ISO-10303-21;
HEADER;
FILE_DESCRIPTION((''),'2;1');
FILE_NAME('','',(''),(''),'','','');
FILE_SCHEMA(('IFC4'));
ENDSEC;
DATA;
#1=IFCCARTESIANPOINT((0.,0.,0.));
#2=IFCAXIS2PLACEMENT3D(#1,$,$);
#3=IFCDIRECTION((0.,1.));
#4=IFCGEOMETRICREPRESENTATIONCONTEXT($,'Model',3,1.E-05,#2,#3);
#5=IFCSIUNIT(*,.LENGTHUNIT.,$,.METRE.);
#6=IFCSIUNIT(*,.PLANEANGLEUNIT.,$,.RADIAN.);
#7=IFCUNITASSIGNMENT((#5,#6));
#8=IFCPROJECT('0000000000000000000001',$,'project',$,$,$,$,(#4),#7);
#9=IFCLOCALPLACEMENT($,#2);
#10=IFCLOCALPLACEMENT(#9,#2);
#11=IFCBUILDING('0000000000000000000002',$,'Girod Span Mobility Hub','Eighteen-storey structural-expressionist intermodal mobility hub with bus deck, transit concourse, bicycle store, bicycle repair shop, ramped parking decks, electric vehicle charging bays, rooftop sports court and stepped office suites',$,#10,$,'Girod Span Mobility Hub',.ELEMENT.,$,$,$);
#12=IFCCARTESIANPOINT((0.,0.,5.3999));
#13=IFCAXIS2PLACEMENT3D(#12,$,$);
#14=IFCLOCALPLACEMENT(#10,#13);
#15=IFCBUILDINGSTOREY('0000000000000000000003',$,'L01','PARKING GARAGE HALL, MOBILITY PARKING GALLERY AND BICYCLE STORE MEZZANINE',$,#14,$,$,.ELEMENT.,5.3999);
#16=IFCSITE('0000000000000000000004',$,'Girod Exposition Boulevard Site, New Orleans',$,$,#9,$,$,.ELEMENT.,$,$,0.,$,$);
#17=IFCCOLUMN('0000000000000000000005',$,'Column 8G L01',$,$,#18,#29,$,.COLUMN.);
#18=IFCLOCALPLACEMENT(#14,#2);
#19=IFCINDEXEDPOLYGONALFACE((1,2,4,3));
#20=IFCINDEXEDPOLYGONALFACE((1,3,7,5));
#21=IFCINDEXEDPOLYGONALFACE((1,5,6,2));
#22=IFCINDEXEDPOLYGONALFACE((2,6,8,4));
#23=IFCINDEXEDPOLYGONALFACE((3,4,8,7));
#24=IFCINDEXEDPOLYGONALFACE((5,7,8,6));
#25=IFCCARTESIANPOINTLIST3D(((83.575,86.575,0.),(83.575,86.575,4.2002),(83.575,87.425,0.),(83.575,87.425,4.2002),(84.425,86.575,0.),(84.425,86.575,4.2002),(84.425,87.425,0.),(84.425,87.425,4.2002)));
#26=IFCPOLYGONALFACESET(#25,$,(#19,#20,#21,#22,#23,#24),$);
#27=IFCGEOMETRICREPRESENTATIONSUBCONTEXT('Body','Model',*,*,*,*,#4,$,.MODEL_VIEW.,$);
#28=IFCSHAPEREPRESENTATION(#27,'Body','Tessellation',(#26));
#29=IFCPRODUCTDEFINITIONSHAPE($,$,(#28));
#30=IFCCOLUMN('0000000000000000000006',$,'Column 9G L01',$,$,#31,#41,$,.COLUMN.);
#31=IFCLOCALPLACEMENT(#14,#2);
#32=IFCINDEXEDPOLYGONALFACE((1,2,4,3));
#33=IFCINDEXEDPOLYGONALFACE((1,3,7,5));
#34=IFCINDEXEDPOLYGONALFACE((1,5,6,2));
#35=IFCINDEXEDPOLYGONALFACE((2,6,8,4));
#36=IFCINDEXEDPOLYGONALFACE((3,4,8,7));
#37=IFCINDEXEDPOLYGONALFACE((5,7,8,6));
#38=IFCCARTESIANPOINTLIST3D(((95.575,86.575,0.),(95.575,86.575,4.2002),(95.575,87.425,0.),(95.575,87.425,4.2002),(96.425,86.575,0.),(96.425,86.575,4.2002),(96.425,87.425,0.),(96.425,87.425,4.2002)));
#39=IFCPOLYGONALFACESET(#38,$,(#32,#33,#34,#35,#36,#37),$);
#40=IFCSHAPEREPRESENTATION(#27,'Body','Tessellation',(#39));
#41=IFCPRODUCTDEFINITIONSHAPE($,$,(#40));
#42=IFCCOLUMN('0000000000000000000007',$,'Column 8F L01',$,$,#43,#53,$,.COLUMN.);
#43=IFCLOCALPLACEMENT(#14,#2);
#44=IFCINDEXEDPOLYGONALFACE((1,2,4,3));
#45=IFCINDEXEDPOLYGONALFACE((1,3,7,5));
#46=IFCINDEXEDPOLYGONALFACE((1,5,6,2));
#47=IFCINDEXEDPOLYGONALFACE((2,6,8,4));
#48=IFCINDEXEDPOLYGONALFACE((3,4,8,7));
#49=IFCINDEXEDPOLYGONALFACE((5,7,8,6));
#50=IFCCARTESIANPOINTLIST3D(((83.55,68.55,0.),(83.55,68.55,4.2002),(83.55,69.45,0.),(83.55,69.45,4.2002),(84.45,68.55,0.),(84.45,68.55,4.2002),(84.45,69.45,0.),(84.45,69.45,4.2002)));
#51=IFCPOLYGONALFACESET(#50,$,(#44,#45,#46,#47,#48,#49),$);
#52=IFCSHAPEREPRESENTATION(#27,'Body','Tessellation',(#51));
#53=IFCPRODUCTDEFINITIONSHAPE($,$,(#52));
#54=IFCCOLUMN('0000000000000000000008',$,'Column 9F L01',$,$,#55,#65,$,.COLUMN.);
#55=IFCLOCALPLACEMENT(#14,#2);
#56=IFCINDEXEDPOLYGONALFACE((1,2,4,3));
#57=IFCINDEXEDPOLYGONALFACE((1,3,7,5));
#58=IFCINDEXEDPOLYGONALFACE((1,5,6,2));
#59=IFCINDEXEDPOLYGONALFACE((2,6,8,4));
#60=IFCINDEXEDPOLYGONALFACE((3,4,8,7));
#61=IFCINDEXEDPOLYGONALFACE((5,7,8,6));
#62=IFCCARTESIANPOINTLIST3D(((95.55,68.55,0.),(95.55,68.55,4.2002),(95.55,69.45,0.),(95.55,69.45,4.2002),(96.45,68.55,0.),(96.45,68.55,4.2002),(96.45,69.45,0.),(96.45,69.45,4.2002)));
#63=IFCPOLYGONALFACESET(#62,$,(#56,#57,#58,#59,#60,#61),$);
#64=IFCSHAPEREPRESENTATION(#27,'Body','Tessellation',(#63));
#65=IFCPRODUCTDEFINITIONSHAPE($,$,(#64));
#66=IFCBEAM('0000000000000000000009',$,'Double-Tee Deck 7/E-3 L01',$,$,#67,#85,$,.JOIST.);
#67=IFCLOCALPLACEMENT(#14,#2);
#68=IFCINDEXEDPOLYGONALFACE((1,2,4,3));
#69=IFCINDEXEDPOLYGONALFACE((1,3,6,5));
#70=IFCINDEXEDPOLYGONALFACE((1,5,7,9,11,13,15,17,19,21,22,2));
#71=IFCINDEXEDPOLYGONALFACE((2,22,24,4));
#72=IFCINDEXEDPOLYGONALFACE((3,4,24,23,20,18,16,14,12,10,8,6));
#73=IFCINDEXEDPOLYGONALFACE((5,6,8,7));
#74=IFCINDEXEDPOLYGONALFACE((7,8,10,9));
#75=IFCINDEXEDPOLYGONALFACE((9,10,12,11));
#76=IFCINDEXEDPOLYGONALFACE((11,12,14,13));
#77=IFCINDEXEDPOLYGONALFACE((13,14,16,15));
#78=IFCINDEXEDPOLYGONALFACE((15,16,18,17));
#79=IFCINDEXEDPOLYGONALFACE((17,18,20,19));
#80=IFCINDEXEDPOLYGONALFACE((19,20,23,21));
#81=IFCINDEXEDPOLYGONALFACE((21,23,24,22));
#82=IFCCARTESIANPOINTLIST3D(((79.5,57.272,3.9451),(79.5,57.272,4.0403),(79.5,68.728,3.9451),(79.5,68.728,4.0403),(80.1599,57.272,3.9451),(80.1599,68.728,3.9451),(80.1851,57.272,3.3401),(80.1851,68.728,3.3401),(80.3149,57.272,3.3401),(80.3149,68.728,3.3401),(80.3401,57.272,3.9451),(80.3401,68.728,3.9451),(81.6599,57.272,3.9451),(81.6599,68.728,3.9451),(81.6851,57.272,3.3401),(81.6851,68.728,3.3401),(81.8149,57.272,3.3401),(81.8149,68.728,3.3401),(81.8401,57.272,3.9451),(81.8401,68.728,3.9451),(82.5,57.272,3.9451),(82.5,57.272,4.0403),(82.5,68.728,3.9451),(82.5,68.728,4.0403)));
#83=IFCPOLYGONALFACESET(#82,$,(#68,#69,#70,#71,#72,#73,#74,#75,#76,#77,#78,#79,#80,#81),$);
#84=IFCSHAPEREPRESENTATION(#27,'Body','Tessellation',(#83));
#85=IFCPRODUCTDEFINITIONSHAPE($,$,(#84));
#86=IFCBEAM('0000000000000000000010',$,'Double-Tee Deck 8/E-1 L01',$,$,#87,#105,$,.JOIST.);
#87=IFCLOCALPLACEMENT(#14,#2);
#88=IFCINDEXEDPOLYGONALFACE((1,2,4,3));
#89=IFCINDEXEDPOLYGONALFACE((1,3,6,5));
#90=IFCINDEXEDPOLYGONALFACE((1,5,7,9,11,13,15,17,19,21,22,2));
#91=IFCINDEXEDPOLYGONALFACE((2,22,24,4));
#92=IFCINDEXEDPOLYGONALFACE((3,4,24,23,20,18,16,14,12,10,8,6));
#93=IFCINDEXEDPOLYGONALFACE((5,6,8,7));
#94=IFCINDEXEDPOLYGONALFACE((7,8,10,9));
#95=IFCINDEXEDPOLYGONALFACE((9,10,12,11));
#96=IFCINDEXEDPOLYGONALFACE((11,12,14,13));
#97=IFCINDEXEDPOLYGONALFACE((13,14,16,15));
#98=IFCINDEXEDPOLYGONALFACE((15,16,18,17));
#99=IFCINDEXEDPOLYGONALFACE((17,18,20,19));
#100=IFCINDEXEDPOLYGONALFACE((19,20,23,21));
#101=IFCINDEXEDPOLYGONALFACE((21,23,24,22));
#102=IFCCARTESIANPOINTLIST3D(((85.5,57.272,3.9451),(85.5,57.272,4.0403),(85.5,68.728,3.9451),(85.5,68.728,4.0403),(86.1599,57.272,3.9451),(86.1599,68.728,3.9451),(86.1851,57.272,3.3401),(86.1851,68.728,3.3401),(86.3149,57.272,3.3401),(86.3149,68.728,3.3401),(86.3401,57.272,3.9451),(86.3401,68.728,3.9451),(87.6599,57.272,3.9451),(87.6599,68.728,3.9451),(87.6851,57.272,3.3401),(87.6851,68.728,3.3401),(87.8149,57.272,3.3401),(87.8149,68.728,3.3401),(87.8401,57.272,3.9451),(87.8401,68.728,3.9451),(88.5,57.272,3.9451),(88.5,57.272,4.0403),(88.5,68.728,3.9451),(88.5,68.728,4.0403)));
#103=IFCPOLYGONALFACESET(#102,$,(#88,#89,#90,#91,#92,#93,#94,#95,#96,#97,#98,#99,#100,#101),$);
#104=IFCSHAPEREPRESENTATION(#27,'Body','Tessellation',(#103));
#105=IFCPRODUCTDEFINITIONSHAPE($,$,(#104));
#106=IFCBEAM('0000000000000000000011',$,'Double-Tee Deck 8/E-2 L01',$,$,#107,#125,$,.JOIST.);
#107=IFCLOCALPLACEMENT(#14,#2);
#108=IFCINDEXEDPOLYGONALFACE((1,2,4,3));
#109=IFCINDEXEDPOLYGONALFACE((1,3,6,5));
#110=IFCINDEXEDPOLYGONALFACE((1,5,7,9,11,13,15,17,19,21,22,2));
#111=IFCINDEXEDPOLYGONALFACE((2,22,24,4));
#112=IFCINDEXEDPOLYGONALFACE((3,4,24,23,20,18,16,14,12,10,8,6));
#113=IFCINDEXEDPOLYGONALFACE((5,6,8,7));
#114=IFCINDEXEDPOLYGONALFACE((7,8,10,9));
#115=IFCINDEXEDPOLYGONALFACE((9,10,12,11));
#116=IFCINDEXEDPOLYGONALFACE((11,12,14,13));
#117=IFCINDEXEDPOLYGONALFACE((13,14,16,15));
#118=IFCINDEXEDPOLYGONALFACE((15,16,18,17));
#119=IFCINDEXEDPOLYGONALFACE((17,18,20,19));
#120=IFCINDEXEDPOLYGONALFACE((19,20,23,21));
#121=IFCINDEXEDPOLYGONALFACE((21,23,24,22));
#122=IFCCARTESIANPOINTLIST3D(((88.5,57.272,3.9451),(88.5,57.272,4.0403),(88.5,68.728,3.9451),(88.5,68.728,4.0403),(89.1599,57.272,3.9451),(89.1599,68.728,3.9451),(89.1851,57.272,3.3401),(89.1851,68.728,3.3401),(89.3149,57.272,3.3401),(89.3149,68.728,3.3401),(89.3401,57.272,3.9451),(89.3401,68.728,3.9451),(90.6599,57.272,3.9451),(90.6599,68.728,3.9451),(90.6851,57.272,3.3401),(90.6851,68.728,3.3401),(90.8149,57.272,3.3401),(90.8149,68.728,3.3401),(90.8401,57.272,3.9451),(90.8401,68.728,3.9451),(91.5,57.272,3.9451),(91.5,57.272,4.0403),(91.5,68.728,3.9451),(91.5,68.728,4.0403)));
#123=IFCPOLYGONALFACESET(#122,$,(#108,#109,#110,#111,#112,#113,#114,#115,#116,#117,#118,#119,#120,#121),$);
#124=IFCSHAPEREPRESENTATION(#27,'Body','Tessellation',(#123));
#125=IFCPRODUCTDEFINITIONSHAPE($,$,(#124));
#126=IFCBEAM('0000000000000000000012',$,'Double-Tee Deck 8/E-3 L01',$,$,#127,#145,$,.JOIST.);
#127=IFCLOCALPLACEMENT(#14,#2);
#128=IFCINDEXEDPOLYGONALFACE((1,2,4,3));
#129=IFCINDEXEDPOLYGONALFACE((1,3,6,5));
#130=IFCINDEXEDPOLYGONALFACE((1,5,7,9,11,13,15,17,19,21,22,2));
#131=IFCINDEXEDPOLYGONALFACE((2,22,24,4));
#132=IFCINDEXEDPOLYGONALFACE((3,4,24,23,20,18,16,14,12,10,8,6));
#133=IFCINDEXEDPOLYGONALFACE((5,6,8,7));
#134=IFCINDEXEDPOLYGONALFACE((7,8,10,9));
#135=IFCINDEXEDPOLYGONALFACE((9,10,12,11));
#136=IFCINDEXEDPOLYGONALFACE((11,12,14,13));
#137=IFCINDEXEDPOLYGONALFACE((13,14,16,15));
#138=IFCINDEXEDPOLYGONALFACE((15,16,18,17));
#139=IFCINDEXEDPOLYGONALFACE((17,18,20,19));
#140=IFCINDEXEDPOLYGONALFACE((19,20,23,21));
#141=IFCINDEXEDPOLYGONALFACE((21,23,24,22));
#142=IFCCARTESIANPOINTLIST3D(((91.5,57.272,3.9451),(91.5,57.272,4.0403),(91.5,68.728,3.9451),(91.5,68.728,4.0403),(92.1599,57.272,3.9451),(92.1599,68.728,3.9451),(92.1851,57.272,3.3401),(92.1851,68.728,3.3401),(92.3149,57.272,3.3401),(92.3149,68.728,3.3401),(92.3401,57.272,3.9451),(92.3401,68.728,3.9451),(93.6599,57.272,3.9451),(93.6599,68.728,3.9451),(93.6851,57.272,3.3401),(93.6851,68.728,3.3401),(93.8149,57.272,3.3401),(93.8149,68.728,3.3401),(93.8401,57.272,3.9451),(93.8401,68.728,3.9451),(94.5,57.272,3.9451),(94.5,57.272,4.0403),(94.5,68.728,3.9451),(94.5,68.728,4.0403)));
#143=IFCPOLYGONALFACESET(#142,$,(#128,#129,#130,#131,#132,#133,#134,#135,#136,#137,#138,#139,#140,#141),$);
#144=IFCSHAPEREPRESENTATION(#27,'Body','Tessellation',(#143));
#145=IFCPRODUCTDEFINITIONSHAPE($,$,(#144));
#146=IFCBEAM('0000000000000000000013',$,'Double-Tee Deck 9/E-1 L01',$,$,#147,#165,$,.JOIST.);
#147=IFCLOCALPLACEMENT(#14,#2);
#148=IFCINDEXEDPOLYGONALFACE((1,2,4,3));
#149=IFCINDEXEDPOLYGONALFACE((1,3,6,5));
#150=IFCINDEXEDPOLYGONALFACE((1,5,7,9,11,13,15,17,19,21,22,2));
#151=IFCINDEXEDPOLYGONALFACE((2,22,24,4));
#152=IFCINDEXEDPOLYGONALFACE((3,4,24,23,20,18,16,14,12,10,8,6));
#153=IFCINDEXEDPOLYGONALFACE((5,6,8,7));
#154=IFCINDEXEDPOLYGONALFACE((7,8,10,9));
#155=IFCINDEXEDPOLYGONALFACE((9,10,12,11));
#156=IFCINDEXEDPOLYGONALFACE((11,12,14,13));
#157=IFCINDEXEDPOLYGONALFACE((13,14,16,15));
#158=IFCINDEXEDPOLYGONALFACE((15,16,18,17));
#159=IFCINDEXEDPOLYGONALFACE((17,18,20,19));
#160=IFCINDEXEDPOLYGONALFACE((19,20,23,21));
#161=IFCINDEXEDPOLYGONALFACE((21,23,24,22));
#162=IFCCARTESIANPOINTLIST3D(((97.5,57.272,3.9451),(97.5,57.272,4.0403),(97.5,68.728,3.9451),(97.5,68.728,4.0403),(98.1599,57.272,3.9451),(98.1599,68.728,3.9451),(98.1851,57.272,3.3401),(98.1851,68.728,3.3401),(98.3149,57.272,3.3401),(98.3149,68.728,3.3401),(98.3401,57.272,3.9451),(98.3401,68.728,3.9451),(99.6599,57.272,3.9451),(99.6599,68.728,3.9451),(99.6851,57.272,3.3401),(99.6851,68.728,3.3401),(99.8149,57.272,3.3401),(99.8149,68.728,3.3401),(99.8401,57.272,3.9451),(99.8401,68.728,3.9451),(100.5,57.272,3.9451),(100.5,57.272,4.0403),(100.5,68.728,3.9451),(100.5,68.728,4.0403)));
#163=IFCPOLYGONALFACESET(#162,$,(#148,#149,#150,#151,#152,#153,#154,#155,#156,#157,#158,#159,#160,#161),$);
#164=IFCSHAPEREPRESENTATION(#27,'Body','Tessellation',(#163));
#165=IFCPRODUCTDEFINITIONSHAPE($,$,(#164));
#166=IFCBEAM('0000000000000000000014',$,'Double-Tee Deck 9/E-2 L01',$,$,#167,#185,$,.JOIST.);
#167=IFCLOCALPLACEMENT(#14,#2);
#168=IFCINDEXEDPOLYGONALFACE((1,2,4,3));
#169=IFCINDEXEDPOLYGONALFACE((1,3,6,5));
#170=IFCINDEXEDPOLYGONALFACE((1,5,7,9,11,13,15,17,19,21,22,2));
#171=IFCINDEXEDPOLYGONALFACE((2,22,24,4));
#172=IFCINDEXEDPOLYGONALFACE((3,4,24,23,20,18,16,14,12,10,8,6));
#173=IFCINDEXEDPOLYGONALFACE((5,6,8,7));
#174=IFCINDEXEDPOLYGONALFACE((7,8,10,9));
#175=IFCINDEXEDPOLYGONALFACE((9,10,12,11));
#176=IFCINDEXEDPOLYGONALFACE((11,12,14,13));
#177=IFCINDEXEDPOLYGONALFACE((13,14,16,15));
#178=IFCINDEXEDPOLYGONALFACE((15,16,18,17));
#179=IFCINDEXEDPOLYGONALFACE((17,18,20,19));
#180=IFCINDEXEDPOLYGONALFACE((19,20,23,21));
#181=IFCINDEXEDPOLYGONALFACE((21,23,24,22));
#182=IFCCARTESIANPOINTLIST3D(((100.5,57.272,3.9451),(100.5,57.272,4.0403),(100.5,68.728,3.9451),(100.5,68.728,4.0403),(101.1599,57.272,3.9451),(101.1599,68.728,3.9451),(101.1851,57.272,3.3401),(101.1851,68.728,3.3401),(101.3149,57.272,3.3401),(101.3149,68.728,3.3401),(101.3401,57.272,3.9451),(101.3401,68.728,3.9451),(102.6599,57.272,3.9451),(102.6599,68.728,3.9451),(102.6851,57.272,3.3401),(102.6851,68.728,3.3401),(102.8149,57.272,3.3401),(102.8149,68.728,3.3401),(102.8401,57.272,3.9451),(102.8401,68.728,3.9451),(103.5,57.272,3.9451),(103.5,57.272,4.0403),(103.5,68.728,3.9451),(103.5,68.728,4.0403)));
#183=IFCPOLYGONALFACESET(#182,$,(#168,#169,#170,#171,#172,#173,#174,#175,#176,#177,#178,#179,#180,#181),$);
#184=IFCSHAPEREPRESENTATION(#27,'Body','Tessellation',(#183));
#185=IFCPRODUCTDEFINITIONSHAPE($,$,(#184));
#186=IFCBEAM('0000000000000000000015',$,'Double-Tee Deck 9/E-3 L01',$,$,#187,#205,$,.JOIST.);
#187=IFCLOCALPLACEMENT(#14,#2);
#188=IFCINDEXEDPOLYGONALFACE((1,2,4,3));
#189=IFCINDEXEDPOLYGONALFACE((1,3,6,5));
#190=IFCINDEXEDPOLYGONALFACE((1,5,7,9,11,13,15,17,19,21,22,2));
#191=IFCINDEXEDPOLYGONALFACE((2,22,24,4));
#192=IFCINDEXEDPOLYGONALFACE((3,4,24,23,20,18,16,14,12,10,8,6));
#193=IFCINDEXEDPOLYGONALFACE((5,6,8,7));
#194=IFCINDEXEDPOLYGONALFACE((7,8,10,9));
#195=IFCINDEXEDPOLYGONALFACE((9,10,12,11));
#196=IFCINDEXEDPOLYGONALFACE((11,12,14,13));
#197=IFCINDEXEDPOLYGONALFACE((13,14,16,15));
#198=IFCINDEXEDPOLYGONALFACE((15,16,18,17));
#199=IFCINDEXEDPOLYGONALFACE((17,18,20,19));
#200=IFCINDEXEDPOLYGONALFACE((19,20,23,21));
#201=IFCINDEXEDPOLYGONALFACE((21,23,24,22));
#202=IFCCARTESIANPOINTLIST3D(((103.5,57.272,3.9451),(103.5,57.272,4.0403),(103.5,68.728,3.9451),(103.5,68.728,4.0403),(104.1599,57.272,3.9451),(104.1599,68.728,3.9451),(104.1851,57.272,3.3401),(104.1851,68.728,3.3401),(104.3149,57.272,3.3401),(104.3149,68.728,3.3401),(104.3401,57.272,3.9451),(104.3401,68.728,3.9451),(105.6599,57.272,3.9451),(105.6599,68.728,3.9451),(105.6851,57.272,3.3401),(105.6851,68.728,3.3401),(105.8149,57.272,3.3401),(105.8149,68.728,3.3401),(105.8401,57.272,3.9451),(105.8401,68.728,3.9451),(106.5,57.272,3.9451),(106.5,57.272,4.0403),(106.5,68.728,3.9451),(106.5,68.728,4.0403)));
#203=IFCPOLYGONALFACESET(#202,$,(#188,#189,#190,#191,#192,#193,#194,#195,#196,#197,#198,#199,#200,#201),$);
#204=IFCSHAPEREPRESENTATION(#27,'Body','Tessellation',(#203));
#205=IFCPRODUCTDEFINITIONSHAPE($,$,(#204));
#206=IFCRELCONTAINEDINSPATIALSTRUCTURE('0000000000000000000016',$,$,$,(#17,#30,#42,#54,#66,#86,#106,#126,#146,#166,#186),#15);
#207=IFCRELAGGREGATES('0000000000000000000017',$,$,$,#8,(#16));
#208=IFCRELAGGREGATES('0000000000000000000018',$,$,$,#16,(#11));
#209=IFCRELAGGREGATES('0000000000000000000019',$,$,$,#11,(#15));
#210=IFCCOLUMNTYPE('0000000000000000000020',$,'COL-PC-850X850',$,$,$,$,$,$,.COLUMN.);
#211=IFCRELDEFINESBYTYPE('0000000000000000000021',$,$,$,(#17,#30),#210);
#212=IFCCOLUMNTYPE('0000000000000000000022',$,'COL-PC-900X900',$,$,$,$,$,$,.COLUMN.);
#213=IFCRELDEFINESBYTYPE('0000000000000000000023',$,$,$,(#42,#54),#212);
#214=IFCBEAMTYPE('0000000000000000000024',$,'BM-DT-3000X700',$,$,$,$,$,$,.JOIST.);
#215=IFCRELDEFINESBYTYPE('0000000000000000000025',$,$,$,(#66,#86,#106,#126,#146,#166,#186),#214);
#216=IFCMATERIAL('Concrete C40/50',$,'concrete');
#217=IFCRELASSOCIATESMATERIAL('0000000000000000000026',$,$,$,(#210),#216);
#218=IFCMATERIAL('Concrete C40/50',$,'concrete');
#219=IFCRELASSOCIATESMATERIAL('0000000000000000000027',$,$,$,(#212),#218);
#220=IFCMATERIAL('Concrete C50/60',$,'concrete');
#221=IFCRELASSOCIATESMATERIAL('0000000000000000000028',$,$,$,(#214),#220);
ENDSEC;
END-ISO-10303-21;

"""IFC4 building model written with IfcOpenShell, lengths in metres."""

from ifc_helpers import new_model, si_unit, direction, frame, origin, origin_2d, place, context, subcontext, project, spatial, polyline, rectangle, outline, extrude, material, material_profile, profile_set, type_object, element, save


model = new_model("IFC4")

# Units and contexts
model_context = context("Model", 3, precision=1e-05, world=origin(), true_north=direction((0.0, 1.0)))
body_context = subcontext(model_context, "Body", "Model", "MODEL_VIEW")
ifc_project = project(units=[si_unit("LENGTHUNIT", "METRE"), si_unit("PLANEANGLEUNIT", "RADIAN")], contexts=[model_context])

# Site, building, storey
site_placement = place(None, origin())
site = spatial("IfcSite", under=ifc_project, at=site_placement, Name="Girod Exposition Boulevard Site, New Orleans", CompositionType="ELEMENT", RefElevation=0.0)
building_placement = place(site_placement, origin())
building = spatial("IfcBuilding", under=site, at=building_placement, Name="Girod Span Mobility Hub", Description="Eighteen-storey structural-expressionist intermodal mobility hub with bus deck, transit concourse, bicycle store, bicycle repair shop, ramped parking decks, electric vehicle charging bays, rooftop sports court and stepped office suites", LongName="Girod Span Mobility Hub", CompositionType="ELEMENT")
storey_placement = place(building_placement, frame((0.0, 0.0, 5.3999)))
storey = spatial("IfcBuildingStorey", under=building, at=storey_placement, Name="L01", Description="PARKING GARAGE HALL, MOBILITY PARKING GALLERY AND BICYCLE STORE MEZZANINE", CompositionType="ELEMENT", Elevation=5.3999)

# Columns
ifc_material_1 = material(Name="Concrete C40/50", Category="concrete")
ifc_material_profile_1 = material_profile(ifc_material_1, rectangle(XDim=0.8501, YDim=0.8501, at=origin_2d()), Name="PC-COL-850X850")
ifc_profile_set_1 = profile_set([ifc_material_profile_1], Name="Concrete C40/50")
column_type_1 = type_object("IfcColumnType", Name="COL-PC-850X850", PredefinedType="COLUMN", material=ifc_profile_set_1)
for number, where, z_axis, x_axis, name in (
    (1, (84.0, 87.0, 0.0), (0.0, 0.0, 1.0), (1.0, 0.0, 0.0), "Column 8G L01"),
    (2, (96.0, 87.0, 0.0), (0.0, 0.0, 1.0), (1.0, 0.0, 0.0), "Column 9G L01"),
):
    element("IfcColumn", number, at=place(storey_placement, frame(where, z_axis=z_axis, x_axis=x_axis)), inside=storey, type_object=column_type_1, Name=name, PredefinedType="COLUMN", context=body_context, shape_type="SweptSolid", body=[
        extrude(rectangle(XDim=0.8501, YDim=0.8501, at=origin_2d()), origin(), (0.0, 0.0, 1.0), 4.2002),
    ])
ifc_material_2 = material(Name="Concrete C40/50", Category="concrete")
ifc_material_profile_2 = material_profile(ifc_material_2, rectangle(XDim=0.8999, YDim=0.8999, at=origin_2d()), Name="PC-COL-900X900")
ifc_profile_set_2 = profile_set([ifc_material_profile_2], Name="Concrete C40/50")
column_type_2 = type_object("IfcColumnType", Name="COL-PC-900X900", PredefinedType="COLUMN", material=ifc_profile_set_2)
for number, where, z_axis, x_axis, name in (
    (3, (84.0, 69.0, 0.0), (0.0, 0.0, 1.0), (1.0, 0.0, 0.0), "Column 8F L01"),
    (4, (96.0, 69.0, 0.0), (0.0, 0.0, 1.0), (1.0, 0.0, 0.0), "Column 9F L01"),
):
    element("IfcColumn", number, at=place(storey_placement, frame(where, z_axis=z_axis, x_axis=x_axis)), inside=storey, type_object=column_type_2, Name=name, PredefinedType="COLUMN", context=body_context, shape_type="SweptSolid", body=[
        extrude(rectangle(XDim=0.8999, YDim=0.8999, at=origin_2d()), origin(), (0.0, 0.0, 1.0), 4.2002),
    ])

# Beams
ifc_material_3 = material(Name="Concrete C50/60", Category="concrete")
ifc_material_profile_3 = material_profile(ifc_material_3, outline(polyline([(-1.5, 0.3501), (-1.5, 0.2549), (-0.8401, 0.2549), (-0.8149, -0.3501), (-0.6851, -0.3501), (-0.6599, 0.2549), (0.6599, 0.2549), (0.6851, -0.3501), (0.8149, -0.3501), (0.8401, 0.2549), (1.5, 0.2549), (1.5, 0.3501), (-1.5, 0.3501)])), Name="DT-3000X700")
ifc_profile_set_3 = profile_set([ifc_material_profile_3], Name="Concrete C50/60")
beam_type_1 = type_object("IfcBeamType", Name="BM-DT-3000X700", PredefinedType="JOIST", material=ifc_profile_set_3)
for number, where, z_axis, x_axis, name in (
    (5, (81.0, 57.272, 3.6902), (0.0, 1.0, 0.0), (-1.0, 0.0, 0.0), "Double-Tee Deck 7/E-3 L01"),
    (6, (87.0, 57.272, 3.6902), (0.0, 1.0, 0.0), (-1.0, 0.0, 0.0), "Double-Tee Deck 8/E-1 L01"),
    (7, (90.0, 57.272, 3.6902), (0.0, 1.0, 0.0), (-1.0, 0.0, 0.0), "Double-Tee Deck 8/E-2 L01"),
    (8, (93.0, 57.272, 3.6902), (0.0, 1.0, 0.0), (-1.0, 0.0, 0.0), "Double-Tee Deck 8/E-3 L01"),
    (9, (99.0, 57.272, 3.6902), (0.0, 1.0, 0.0), (-1.0, 0.0, 0.0), "Double-Tee Deck 9/E-1 L01"),
    (10, (102.0, 57.272, 3.6902), (0.0, 1.0, 0.0), (-1.0, 0.0, 0.0), "Double-Tee Deck 9/E-2 L01"),
    (11, (105.0, 57.272, 3.6902), (0.0, 1.0, 0.0), (-1.0, 0.0, 0.0), "Double-Tee Deck 9/E-3 L01"),
):
    element("IfcBeam", number, at=place(storey_placement, frame(where, z_axis=z_axis, x_axis=x_axis)), inside=storey, type_object=beam_type_1, Name=name, PredefinedType="JOIST", context=body_context, shape_type="SweptSolid", body=[
        extrude(outline(polyline([(-1.5, 0.3501), (-1.5, 0.2549), (-0.8401, 0.2549), (-0.8149, -0.3501), (-0.6851, -0.3501), (-0.6599, 0.2549), (0.6599, 0.2549), (0.6851, -0.3501), (0.8149, -0.3501), (0.8401, 0.2549), (1.5, 0.2549), (1.5, 0.3501), (-1.5, 0.3501)])), origin(), (0.0, 0.0, 1.0), 11.4561),
    ])

save(model, "model.ifc")
